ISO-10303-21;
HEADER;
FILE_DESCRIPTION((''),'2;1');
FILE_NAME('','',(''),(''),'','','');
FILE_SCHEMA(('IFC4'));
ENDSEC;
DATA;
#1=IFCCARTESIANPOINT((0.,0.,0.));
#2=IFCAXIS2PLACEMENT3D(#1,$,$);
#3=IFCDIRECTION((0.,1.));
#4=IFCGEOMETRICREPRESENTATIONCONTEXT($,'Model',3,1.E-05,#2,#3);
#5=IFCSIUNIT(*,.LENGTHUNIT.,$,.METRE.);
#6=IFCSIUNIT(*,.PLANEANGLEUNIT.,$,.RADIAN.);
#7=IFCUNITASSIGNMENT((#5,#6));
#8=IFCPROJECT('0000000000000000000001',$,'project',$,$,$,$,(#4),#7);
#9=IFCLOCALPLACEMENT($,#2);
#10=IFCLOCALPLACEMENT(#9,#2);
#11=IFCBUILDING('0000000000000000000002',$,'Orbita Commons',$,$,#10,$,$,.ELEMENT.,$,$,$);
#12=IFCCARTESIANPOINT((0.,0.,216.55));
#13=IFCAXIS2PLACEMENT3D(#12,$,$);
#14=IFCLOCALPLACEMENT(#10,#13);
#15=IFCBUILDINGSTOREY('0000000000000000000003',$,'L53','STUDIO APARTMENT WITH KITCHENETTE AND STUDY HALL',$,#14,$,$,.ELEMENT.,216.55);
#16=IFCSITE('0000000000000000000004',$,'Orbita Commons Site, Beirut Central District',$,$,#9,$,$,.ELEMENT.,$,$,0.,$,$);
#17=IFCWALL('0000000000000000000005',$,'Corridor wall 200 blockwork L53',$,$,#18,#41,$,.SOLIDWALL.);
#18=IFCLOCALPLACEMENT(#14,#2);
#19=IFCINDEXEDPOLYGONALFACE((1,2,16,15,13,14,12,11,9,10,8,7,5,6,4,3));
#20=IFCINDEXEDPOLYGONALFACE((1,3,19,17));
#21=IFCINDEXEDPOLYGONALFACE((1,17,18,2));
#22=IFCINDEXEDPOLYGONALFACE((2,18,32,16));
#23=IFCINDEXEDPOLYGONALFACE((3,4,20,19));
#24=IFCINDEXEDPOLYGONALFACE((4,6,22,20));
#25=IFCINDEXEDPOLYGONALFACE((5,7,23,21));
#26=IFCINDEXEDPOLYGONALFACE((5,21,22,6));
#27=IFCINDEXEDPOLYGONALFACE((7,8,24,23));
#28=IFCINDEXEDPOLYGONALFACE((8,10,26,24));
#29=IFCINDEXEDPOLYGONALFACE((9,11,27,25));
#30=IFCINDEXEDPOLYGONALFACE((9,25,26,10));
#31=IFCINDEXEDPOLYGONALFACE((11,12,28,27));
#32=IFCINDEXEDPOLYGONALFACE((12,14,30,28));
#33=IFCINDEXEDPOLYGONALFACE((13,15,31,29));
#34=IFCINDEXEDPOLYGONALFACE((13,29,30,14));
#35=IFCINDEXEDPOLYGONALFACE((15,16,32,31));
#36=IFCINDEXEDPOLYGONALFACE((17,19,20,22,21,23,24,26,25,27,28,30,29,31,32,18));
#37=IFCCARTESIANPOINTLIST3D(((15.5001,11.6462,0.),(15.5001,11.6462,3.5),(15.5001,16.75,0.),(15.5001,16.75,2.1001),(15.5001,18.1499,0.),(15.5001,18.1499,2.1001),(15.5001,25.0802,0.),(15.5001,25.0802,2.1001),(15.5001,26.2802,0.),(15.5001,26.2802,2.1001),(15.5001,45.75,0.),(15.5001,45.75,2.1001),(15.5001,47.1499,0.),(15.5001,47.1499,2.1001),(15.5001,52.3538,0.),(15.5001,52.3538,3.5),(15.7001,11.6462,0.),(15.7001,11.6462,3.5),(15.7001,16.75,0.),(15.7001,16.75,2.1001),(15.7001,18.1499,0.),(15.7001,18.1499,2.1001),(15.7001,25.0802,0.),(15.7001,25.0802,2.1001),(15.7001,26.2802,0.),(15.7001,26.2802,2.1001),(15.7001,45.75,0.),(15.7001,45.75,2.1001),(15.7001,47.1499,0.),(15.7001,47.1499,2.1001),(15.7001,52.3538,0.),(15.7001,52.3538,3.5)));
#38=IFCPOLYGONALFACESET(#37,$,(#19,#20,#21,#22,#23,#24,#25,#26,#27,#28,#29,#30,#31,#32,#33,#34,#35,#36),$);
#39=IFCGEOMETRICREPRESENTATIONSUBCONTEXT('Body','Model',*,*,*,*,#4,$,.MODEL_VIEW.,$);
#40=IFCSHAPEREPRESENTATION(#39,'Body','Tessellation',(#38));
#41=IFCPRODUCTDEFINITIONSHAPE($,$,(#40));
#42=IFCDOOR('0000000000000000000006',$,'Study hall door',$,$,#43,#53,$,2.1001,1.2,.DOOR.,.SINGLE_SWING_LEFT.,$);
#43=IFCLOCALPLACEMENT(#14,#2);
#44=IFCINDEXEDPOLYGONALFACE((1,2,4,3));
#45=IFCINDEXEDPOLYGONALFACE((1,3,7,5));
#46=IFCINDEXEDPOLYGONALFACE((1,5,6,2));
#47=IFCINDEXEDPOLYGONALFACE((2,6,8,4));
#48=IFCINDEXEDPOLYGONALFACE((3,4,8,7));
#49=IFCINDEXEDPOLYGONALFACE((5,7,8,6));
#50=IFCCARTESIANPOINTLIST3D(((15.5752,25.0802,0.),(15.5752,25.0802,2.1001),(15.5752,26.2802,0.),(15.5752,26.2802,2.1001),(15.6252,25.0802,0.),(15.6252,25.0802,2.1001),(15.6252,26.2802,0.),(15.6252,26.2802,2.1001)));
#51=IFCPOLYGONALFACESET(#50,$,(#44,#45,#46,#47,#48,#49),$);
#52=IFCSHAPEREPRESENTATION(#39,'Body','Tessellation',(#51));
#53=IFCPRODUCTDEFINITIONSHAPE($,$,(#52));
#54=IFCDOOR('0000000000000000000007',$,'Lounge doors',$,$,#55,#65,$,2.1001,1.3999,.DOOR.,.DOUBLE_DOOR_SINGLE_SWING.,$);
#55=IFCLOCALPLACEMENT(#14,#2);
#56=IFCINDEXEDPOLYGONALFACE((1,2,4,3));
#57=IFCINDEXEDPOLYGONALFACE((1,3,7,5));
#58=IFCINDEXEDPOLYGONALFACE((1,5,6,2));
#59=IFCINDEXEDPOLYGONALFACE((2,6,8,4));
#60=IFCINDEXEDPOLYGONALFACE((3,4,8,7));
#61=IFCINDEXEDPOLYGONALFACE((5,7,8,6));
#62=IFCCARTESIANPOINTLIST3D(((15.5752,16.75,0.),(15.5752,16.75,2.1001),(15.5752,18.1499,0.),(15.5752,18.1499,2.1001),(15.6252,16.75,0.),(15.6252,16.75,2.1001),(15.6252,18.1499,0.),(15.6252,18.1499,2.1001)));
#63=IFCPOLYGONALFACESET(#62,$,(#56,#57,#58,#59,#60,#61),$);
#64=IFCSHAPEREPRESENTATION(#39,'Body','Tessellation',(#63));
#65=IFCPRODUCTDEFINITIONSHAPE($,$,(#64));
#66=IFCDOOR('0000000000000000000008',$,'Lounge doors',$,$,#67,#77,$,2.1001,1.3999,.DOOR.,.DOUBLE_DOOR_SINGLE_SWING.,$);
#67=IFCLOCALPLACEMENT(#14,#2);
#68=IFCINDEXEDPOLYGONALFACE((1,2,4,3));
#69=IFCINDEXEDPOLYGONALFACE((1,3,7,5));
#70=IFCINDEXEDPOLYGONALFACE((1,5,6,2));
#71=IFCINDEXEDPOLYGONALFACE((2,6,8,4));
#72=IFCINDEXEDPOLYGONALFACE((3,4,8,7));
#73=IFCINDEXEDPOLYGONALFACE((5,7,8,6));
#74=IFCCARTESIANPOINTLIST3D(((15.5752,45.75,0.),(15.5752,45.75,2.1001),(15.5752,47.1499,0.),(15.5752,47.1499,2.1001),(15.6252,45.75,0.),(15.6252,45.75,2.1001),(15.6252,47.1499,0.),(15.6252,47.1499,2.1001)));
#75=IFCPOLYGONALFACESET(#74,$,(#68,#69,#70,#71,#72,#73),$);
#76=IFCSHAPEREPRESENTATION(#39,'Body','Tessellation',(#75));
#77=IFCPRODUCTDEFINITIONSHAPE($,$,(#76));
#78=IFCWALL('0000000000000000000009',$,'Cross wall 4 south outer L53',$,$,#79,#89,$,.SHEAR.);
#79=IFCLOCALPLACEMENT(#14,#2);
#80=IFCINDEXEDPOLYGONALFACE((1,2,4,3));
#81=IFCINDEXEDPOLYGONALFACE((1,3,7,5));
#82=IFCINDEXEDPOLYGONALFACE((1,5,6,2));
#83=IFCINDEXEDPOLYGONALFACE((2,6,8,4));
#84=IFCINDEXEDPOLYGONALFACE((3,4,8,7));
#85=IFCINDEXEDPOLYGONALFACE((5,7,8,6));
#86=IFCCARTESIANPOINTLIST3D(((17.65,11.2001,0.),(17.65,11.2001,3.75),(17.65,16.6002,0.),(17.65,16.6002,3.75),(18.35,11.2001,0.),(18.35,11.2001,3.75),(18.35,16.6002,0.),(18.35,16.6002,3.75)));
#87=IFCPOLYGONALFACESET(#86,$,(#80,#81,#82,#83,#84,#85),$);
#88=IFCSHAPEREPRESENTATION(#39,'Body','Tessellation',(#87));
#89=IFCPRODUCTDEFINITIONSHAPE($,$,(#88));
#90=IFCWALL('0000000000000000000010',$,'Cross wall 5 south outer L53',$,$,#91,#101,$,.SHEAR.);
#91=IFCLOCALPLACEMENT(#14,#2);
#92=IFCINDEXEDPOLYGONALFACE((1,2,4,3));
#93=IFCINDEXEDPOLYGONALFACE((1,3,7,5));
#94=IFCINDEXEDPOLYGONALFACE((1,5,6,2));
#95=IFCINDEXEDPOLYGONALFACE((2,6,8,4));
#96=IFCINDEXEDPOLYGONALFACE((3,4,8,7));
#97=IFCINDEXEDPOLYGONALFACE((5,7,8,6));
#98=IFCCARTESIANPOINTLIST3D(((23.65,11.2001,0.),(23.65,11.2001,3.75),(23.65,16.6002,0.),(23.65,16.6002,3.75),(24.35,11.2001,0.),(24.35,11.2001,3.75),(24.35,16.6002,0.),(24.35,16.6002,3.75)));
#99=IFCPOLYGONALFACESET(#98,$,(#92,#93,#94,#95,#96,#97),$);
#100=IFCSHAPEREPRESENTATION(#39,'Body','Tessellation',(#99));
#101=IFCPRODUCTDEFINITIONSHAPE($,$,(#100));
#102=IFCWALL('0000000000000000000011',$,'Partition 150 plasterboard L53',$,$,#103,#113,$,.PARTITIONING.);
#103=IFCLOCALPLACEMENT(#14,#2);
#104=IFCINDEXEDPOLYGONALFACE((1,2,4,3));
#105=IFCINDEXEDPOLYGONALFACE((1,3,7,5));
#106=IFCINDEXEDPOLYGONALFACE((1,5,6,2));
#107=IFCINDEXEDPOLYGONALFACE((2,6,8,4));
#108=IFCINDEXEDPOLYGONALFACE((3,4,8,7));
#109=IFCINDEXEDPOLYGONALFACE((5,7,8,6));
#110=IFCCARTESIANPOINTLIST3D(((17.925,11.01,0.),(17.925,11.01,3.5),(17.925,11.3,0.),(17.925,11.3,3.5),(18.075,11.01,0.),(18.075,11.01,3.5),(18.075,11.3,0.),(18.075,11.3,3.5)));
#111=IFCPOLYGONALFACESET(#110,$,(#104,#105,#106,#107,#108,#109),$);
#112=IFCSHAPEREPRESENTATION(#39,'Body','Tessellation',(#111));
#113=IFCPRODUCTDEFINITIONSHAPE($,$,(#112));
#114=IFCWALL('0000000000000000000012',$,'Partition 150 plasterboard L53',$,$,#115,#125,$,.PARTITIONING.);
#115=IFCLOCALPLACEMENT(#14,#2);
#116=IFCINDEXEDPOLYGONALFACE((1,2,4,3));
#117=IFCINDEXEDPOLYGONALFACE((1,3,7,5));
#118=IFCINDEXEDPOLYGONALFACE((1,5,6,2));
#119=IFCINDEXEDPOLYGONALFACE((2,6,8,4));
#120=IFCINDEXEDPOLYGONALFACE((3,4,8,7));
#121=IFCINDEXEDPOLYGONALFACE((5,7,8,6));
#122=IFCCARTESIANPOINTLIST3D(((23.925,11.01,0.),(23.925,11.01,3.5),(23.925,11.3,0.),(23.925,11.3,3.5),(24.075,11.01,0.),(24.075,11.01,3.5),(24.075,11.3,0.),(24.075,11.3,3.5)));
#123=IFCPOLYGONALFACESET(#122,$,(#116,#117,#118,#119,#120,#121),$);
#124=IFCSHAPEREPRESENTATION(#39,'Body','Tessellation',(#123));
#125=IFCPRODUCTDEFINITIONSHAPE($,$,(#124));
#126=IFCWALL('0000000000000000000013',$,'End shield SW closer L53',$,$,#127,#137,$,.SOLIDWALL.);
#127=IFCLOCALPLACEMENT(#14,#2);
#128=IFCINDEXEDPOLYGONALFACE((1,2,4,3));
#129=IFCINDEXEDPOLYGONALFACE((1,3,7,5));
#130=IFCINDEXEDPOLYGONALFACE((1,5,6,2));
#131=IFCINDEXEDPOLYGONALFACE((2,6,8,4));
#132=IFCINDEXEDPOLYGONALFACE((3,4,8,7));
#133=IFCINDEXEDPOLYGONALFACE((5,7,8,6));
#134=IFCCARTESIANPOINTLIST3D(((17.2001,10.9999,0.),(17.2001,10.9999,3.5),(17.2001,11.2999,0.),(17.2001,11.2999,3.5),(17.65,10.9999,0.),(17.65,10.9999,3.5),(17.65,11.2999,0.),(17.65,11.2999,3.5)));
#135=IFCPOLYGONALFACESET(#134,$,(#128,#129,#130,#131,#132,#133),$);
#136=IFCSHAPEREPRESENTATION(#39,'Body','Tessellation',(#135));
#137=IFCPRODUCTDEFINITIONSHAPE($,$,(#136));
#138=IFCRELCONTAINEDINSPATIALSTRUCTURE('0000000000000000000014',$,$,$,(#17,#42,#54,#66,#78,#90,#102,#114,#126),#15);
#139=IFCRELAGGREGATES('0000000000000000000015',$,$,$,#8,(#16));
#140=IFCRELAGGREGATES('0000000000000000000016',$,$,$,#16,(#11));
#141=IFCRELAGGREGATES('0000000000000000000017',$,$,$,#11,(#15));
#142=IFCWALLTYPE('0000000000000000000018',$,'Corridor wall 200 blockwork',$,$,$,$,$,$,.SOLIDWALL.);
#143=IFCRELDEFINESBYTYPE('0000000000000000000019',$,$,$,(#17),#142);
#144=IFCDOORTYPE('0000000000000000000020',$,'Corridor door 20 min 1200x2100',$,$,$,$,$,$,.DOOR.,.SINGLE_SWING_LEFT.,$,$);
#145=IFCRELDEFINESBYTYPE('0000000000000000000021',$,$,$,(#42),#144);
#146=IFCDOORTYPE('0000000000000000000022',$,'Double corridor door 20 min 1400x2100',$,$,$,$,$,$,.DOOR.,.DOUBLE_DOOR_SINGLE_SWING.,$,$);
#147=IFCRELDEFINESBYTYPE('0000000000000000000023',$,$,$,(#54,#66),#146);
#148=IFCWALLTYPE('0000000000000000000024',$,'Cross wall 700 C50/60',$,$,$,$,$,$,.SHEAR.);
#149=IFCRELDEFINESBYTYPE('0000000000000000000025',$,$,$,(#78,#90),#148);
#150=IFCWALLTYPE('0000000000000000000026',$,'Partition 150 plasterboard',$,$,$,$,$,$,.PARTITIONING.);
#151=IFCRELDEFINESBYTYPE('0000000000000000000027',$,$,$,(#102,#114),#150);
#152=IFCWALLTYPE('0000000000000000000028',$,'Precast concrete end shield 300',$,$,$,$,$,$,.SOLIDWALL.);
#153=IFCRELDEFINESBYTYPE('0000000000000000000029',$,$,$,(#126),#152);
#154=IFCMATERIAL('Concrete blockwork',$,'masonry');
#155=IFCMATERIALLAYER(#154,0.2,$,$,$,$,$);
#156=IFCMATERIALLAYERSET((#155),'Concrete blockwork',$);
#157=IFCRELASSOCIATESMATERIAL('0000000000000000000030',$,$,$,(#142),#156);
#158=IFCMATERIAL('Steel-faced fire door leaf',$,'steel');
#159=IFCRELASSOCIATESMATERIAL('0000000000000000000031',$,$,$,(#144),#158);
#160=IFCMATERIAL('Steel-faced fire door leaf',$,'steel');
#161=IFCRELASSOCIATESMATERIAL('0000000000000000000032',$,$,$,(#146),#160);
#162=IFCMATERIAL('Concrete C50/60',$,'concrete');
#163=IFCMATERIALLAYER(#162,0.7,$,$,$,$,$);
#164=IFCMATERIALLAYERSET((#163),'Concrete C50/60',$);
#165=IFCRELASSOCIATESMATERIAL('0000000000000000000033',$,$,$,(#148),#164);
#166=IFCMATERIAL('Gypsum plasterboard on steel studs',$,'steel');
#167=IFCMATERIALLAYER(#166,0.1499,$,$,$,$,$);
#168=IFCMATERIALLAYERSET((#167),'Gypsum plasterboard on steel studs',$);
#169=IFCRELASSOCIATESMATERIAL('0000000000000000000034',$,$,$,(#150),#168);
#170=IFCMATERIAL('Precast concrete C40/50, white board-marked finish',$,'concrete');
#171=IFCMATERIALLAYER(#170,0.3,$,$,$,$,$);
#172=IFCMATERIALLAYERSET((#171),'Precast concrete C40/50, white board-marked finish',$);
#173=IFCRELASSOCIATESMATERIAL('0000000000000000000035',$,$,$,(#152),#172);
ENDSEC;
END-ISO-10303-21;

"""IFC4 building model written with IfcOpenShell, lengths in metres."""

from ifc_helpers import new_model, si_unit, direction, frame, frame_2d, origin, place, context, subcontext, project, spatial, rectangle, extrude, material, layer, layer_set, type_object, element, fill, save


model = new_model("IFC4")

# Units and contexts
model_context = context("Model", 3, precision=1e-05, world=origin(), true_north=direction((0.0, 1.0)))
body_context = subcontext(model_context, "Body", "Model", "MODEL_VIEW")
ifc_project = project(units=[si_unit("LENGTHUNIT", "METRE"), si_unit("PLANEANGLEUNIT", "RADIAN")], contexts=[model_context])

# Site, building, storey
site_placement = place(None, origin())
site = spatial("IfcSite", under=ifc_project, at=site_placement, Name="Orbita Commons Site, Beirut Central District", CompositionType="ELEMENT", RefElevation=0.0)
building_placement = place(site_placement, origin())
building = spatial("IfcBuilding", under=site, at=building_placement, Name="Orbita Commons", CompositionType="ELEMENT")
storey_placement = place(building_placement, frame((0.0, 0.0, 216.55)))
storey = spatial("IfcBuildingStorey", under=building, at=storey_placement, Name="L53", Description="STUDIO APARTMENT WITH KITCHENETTE AND STUDY HALL", CompositionType="ELEMENT", Elevation=216.55)

# Wall, openings, doors
ifc_material_1 = material(Name="Concrete blockwork", Category="masonry")
ifc_layer_1 = layer(ifc_material_1, 0.2)
ifc_layer_set_1 = layer_set([ifc_layer_1], Name="Concrete blockwork")
wall_type_1 = type_object("IfcWallType", Name="Corridor wall 200 blockwork", PredefinedType="SOLIDWALL", material=ifc_layer_set_1)
wall_1_placement = place(storey_placement, frame((15.6001, 11.6462, 0.0), z_axis=(0.0, 0.0, 1.0), x_axis=(0.0, 1.0, 0.0)))
wall_1 = element("IfcWall", 1, at=wall_1_placement, inside=storey, type_object=wall_type_1, Name="Corridor wall 200 blockwork L53", PredefinedType="SOLIDWALL", context=body_context, shape_type="SweptSolid", body=[
    extrude(rectangle(XDim=40.7075, YDim=0.2, at=frame_2d((20.3538, 0.0))), origin(), (0.0, 0.0, 1.0), 3.5),
])
opening_1_placement = place(wall_1_placement, frame((13.4338, 0.0, 0.0)))
opening_1 = element("IfcOpeningElement", 2, at=opening_1_placement, cuts=wall_1, PredefinedType="OPENING", context=body_context, shape_type="SweptSolid", body=[
    extrude(rectangle(XDim=1.2, YDim=2.1001, at=frame_2d((0.6001, 1.05))), frame((0.0, 0.1099, 0.0), z_axis=(0.0, -1.0, 0.0), x_axis=(1.0, 0.0, 0.0)), (0.0, 0.0, 1.0), 0.22),
])
opening_2_placement = place(wall_1_placement, frame((5.1038, 0.0, 0.0)))
opening_2 = element("IfcOpeningElement", 3, at=opening_2_placement, cuts=wall_1, PredefinedType="OPENING", context=body_context, shape_type="SweptSolid", body=[
    extrude(rectangle(XDim=1.3999, YDim=2.1001, at=frame_2d((0.7, 1.05))), frame((0.0, 0.1099, 0.0), z_axis=(0.0, -1.0, 0.0), x_axis=(1.0, 0.0, 0.0)), (0.0, 0.0, 1.0), 0.22),
])
opening_3_placement = place(wall_1_placement, frame((34.1038, 0.0, 0.0)))
opening_3 = element("IfcOpeningElement", 4, at=opening_3_placement, cuts=wall_1, PredefinedType="OPENING", context=body_context, shape_type="SweptSolid", body=[
    extrude(rectangle(XDim=1.3999, YDim=2.1001, at=frame_2d((0.7, 1.05))), frame((0.0, 0.1099, 0.0), z_axis=(0.0, -1.0, 0.0), x_axis=(1.0, 0.0, 0.0)), (0.0, 0.0, 1.0), 0.22),
])
ifc_material_2 = material(Name="Steel-faced fire door leaf", Category="steel")
door_type_1 = type_object("IfcDoorType", Name="Corridor door 20 min 1200x2100", OperationType="SINGLE_SWING_LEFT", PredefinedType="DOOR", material=ifc_material_2)
door_1_placement = place(opening_1_placement, origin())
door_1 = element("IfcDoor", 5, at=door_1_placement, inside=storey, type_object=door_type_1, Name="Study hall door", OperationType="SINGLE_SWING_LEFT", OverallHeight=2.1001, OverallWidth=1.2, PredefinedType="DOOR", context=body_context, shape_type="SweptSolid", body=[
    extrude(rectangle(XDim=1.2, YDim=2.1001, at=frame_2d((0.6001, 1.05))), frame((0.0, 0.0249, 0.0), z_axis=(0.0, -1.0, 0.0), x_axis=(1.0, 0.0, 0.0)), (0.0, 0.0, 1.0), 0.05),
])
fill(opening_1, door_1)
ifc_material_3 = material(Name="Steel-faced fire door leaf", Category="steel")
door_type_2 = type_object("IfcDoorType", Name="Double corridor door 20 min 1400x2100", OperationType="DOUBLE_DOOR_SINGLE_SWING", PredefinedType="DOOR", material=ifc_material_3)
door_2_placement = place(opening_2_placement, origin())
door_2 = element("IfcDoor", 6, at=door_2_placement, inside=storey, type_object=door_type_2, Name="Lounge doors", OperationType="DOUBLE_DOOR_SINGLE_SWING", OverallHeight=2.1001, OverallWidth=1.3999, PredefinedType="DOOR", context=body_context, shape_type="SweptSolid", body=[
    extrude(rectangle(XDim=1.3999, YDim=2.1001, at=frame_2d((0.7, 1.05))), frame((0.0, 0.0249, 0.0), z_axis=(0.0, -1.0, 0.0), x_axis=(1.0, 0.0, 0.0)), (0.0, 0.0, 1.0), 0.05),
])
fill(opening_2, door_2)
door_3_placement = place(opening_3_placement, origin())
door_3 = element("IfcDoor", 7, at=door_3_placement, inside=storey, type_object=door_type_2, Name="Lounge doors", OperationType="DOUBLE_DOOR_SINGLE_SWING", OverallHeight=2.1001, OverallWidth=1.3999, PredefinedType="DOOR", context=body_context, shape_type="SweptSolid", body=[
    extrude(rectangle(XDim=1.3999, YDim=2.1001, at=frame_2d((0.7, 1.05))), frame((0.0, 0.0249, 0.0), z_axis=(0.0, -1.0, 0.0), x_axis=(1.0, 0.0, 0.0)), (0.0, 0.0, 1.0), 0.05),
])
fill(opening_3, door_3)

# Walls
ifc_material_4 = material(Name="Concrete C50/60", Category="concrete")
ifc_layer_2 = layer(ifc_material_4, 0.7)
ifc_layer_set_2 = layer_set([ifc_layer_2], Name="Concrete C50/60")
wall_type_2 = type_object("IfcWallType", Name="Cross wall 700 C50/60", PredefinedType="SHEAR", material=ifc_layer_set_2)
for number, where, z_axis, x_axis, name in (
    (8, (18.0, 11.2, 0.0), (0.0, 0.0, 1.0), (0.0, 1.0, 0.0), "Cross wall 4 south outer L53"),
    (9, (24.0, 11.2, 0.0), (0.0, 0.0, 1.0), (0.0, 1.0, 0.0), "Cross wall 5 south outer L53"),
):
    element("IfcWall", number, at=place(storey_placement, frame(where, z_axis=z_axis, x_axis=x_axis)), inside=storey, type_object=wall_type_2, Name=name, PredefinedType="SHEAR", context=body_context, shape_type="SweptSolid", body=[
        extrude(rectangle(XDim=5.4001, YDim=0.7, at=frame_2d((2.7002, 0.0))), origin(), (0.0, 0.0, 1.0), 3.75),
    ])
ifc_material_5 = material(Name="Gypsum plasterboard on steel studs", Category="steel")
ifc_layer_3 = layer(ifc_material_5, 0.1499)
ifc_layer_set_3 = layer_set([ifc_layer_3], Name="Gypsum plasterboard on steel studs")
wall_type_3 = type_object("IfcWallType", Name="Partition 150 plasterboard", PredefinedType="PARTITIONING", material=ifc_layer_set_3)
for number, where, z_axis, x_axis, name in (
    (10, (18.0, 11.3, 0.0), (0.0, 0.0, 1.0), (0.0, -1.0, 0.0), "Partition 150 plasterboard L53"),
    (11, (24.0, 11.3, 0.0), (0.0, 0.0, 1.0), (0.0, -1.0, 0.0), "Partition 150 plasterboard L53"),
):
    element("IfcWall", number, at=place(storey_placement, frame(where, z_axis=z_axis, x_axis=x_axis)), inside=storey, type_object=wall_type_3, Name=name, PredefinedType="PARTITIONING", context=body_context, shape_type="SweptSolid", body=[
        extrude(rectangle(XDim=0.29, YDim=0.1499, at=frame_2d((0.145, 0.0))), origin(), (0.0, 0.0, 1.0), 3.5),
    ])
ifc_material_6 = material(Name="Precast concrete C40/50, white board-marked finish", Category="concrete")
ifc_layer_4 = layer(ifc_material_6, 0.3)
ifc_layer_set_4 = layer_set([ifc_layer_4], Name="Precast concrete C40/50, white board-marked finish")
wall_type_4 = type_object("IfcWallType", Name="Precast concrete end shield 300", PredefinedType="SOLIDWALL", material=ifc_layer_set_4)
wall_2_placement = place(storey_placement, frame((17.2, 11.1499, 0.0), z_axis=(0.0, 0.0, 1.0), x_axis=(1.0, 0.0, 0.0)))
element("IfcWall", 12, at=wall_2_placement, inside=storey, type_object=wall_type_4, Name="End shield SW closer L53", PredefinedType="SOLIDWALL", context=body_context, shape_type="SweptSolid", body=[
    extrude(rectangle(XDim=0.45, YDim=0.3, at=frame_2d((0.2251, 0.0))), origin(), (0.0, 0.0, 1.0), 3.5),
])

save(model, "model.ifc")
